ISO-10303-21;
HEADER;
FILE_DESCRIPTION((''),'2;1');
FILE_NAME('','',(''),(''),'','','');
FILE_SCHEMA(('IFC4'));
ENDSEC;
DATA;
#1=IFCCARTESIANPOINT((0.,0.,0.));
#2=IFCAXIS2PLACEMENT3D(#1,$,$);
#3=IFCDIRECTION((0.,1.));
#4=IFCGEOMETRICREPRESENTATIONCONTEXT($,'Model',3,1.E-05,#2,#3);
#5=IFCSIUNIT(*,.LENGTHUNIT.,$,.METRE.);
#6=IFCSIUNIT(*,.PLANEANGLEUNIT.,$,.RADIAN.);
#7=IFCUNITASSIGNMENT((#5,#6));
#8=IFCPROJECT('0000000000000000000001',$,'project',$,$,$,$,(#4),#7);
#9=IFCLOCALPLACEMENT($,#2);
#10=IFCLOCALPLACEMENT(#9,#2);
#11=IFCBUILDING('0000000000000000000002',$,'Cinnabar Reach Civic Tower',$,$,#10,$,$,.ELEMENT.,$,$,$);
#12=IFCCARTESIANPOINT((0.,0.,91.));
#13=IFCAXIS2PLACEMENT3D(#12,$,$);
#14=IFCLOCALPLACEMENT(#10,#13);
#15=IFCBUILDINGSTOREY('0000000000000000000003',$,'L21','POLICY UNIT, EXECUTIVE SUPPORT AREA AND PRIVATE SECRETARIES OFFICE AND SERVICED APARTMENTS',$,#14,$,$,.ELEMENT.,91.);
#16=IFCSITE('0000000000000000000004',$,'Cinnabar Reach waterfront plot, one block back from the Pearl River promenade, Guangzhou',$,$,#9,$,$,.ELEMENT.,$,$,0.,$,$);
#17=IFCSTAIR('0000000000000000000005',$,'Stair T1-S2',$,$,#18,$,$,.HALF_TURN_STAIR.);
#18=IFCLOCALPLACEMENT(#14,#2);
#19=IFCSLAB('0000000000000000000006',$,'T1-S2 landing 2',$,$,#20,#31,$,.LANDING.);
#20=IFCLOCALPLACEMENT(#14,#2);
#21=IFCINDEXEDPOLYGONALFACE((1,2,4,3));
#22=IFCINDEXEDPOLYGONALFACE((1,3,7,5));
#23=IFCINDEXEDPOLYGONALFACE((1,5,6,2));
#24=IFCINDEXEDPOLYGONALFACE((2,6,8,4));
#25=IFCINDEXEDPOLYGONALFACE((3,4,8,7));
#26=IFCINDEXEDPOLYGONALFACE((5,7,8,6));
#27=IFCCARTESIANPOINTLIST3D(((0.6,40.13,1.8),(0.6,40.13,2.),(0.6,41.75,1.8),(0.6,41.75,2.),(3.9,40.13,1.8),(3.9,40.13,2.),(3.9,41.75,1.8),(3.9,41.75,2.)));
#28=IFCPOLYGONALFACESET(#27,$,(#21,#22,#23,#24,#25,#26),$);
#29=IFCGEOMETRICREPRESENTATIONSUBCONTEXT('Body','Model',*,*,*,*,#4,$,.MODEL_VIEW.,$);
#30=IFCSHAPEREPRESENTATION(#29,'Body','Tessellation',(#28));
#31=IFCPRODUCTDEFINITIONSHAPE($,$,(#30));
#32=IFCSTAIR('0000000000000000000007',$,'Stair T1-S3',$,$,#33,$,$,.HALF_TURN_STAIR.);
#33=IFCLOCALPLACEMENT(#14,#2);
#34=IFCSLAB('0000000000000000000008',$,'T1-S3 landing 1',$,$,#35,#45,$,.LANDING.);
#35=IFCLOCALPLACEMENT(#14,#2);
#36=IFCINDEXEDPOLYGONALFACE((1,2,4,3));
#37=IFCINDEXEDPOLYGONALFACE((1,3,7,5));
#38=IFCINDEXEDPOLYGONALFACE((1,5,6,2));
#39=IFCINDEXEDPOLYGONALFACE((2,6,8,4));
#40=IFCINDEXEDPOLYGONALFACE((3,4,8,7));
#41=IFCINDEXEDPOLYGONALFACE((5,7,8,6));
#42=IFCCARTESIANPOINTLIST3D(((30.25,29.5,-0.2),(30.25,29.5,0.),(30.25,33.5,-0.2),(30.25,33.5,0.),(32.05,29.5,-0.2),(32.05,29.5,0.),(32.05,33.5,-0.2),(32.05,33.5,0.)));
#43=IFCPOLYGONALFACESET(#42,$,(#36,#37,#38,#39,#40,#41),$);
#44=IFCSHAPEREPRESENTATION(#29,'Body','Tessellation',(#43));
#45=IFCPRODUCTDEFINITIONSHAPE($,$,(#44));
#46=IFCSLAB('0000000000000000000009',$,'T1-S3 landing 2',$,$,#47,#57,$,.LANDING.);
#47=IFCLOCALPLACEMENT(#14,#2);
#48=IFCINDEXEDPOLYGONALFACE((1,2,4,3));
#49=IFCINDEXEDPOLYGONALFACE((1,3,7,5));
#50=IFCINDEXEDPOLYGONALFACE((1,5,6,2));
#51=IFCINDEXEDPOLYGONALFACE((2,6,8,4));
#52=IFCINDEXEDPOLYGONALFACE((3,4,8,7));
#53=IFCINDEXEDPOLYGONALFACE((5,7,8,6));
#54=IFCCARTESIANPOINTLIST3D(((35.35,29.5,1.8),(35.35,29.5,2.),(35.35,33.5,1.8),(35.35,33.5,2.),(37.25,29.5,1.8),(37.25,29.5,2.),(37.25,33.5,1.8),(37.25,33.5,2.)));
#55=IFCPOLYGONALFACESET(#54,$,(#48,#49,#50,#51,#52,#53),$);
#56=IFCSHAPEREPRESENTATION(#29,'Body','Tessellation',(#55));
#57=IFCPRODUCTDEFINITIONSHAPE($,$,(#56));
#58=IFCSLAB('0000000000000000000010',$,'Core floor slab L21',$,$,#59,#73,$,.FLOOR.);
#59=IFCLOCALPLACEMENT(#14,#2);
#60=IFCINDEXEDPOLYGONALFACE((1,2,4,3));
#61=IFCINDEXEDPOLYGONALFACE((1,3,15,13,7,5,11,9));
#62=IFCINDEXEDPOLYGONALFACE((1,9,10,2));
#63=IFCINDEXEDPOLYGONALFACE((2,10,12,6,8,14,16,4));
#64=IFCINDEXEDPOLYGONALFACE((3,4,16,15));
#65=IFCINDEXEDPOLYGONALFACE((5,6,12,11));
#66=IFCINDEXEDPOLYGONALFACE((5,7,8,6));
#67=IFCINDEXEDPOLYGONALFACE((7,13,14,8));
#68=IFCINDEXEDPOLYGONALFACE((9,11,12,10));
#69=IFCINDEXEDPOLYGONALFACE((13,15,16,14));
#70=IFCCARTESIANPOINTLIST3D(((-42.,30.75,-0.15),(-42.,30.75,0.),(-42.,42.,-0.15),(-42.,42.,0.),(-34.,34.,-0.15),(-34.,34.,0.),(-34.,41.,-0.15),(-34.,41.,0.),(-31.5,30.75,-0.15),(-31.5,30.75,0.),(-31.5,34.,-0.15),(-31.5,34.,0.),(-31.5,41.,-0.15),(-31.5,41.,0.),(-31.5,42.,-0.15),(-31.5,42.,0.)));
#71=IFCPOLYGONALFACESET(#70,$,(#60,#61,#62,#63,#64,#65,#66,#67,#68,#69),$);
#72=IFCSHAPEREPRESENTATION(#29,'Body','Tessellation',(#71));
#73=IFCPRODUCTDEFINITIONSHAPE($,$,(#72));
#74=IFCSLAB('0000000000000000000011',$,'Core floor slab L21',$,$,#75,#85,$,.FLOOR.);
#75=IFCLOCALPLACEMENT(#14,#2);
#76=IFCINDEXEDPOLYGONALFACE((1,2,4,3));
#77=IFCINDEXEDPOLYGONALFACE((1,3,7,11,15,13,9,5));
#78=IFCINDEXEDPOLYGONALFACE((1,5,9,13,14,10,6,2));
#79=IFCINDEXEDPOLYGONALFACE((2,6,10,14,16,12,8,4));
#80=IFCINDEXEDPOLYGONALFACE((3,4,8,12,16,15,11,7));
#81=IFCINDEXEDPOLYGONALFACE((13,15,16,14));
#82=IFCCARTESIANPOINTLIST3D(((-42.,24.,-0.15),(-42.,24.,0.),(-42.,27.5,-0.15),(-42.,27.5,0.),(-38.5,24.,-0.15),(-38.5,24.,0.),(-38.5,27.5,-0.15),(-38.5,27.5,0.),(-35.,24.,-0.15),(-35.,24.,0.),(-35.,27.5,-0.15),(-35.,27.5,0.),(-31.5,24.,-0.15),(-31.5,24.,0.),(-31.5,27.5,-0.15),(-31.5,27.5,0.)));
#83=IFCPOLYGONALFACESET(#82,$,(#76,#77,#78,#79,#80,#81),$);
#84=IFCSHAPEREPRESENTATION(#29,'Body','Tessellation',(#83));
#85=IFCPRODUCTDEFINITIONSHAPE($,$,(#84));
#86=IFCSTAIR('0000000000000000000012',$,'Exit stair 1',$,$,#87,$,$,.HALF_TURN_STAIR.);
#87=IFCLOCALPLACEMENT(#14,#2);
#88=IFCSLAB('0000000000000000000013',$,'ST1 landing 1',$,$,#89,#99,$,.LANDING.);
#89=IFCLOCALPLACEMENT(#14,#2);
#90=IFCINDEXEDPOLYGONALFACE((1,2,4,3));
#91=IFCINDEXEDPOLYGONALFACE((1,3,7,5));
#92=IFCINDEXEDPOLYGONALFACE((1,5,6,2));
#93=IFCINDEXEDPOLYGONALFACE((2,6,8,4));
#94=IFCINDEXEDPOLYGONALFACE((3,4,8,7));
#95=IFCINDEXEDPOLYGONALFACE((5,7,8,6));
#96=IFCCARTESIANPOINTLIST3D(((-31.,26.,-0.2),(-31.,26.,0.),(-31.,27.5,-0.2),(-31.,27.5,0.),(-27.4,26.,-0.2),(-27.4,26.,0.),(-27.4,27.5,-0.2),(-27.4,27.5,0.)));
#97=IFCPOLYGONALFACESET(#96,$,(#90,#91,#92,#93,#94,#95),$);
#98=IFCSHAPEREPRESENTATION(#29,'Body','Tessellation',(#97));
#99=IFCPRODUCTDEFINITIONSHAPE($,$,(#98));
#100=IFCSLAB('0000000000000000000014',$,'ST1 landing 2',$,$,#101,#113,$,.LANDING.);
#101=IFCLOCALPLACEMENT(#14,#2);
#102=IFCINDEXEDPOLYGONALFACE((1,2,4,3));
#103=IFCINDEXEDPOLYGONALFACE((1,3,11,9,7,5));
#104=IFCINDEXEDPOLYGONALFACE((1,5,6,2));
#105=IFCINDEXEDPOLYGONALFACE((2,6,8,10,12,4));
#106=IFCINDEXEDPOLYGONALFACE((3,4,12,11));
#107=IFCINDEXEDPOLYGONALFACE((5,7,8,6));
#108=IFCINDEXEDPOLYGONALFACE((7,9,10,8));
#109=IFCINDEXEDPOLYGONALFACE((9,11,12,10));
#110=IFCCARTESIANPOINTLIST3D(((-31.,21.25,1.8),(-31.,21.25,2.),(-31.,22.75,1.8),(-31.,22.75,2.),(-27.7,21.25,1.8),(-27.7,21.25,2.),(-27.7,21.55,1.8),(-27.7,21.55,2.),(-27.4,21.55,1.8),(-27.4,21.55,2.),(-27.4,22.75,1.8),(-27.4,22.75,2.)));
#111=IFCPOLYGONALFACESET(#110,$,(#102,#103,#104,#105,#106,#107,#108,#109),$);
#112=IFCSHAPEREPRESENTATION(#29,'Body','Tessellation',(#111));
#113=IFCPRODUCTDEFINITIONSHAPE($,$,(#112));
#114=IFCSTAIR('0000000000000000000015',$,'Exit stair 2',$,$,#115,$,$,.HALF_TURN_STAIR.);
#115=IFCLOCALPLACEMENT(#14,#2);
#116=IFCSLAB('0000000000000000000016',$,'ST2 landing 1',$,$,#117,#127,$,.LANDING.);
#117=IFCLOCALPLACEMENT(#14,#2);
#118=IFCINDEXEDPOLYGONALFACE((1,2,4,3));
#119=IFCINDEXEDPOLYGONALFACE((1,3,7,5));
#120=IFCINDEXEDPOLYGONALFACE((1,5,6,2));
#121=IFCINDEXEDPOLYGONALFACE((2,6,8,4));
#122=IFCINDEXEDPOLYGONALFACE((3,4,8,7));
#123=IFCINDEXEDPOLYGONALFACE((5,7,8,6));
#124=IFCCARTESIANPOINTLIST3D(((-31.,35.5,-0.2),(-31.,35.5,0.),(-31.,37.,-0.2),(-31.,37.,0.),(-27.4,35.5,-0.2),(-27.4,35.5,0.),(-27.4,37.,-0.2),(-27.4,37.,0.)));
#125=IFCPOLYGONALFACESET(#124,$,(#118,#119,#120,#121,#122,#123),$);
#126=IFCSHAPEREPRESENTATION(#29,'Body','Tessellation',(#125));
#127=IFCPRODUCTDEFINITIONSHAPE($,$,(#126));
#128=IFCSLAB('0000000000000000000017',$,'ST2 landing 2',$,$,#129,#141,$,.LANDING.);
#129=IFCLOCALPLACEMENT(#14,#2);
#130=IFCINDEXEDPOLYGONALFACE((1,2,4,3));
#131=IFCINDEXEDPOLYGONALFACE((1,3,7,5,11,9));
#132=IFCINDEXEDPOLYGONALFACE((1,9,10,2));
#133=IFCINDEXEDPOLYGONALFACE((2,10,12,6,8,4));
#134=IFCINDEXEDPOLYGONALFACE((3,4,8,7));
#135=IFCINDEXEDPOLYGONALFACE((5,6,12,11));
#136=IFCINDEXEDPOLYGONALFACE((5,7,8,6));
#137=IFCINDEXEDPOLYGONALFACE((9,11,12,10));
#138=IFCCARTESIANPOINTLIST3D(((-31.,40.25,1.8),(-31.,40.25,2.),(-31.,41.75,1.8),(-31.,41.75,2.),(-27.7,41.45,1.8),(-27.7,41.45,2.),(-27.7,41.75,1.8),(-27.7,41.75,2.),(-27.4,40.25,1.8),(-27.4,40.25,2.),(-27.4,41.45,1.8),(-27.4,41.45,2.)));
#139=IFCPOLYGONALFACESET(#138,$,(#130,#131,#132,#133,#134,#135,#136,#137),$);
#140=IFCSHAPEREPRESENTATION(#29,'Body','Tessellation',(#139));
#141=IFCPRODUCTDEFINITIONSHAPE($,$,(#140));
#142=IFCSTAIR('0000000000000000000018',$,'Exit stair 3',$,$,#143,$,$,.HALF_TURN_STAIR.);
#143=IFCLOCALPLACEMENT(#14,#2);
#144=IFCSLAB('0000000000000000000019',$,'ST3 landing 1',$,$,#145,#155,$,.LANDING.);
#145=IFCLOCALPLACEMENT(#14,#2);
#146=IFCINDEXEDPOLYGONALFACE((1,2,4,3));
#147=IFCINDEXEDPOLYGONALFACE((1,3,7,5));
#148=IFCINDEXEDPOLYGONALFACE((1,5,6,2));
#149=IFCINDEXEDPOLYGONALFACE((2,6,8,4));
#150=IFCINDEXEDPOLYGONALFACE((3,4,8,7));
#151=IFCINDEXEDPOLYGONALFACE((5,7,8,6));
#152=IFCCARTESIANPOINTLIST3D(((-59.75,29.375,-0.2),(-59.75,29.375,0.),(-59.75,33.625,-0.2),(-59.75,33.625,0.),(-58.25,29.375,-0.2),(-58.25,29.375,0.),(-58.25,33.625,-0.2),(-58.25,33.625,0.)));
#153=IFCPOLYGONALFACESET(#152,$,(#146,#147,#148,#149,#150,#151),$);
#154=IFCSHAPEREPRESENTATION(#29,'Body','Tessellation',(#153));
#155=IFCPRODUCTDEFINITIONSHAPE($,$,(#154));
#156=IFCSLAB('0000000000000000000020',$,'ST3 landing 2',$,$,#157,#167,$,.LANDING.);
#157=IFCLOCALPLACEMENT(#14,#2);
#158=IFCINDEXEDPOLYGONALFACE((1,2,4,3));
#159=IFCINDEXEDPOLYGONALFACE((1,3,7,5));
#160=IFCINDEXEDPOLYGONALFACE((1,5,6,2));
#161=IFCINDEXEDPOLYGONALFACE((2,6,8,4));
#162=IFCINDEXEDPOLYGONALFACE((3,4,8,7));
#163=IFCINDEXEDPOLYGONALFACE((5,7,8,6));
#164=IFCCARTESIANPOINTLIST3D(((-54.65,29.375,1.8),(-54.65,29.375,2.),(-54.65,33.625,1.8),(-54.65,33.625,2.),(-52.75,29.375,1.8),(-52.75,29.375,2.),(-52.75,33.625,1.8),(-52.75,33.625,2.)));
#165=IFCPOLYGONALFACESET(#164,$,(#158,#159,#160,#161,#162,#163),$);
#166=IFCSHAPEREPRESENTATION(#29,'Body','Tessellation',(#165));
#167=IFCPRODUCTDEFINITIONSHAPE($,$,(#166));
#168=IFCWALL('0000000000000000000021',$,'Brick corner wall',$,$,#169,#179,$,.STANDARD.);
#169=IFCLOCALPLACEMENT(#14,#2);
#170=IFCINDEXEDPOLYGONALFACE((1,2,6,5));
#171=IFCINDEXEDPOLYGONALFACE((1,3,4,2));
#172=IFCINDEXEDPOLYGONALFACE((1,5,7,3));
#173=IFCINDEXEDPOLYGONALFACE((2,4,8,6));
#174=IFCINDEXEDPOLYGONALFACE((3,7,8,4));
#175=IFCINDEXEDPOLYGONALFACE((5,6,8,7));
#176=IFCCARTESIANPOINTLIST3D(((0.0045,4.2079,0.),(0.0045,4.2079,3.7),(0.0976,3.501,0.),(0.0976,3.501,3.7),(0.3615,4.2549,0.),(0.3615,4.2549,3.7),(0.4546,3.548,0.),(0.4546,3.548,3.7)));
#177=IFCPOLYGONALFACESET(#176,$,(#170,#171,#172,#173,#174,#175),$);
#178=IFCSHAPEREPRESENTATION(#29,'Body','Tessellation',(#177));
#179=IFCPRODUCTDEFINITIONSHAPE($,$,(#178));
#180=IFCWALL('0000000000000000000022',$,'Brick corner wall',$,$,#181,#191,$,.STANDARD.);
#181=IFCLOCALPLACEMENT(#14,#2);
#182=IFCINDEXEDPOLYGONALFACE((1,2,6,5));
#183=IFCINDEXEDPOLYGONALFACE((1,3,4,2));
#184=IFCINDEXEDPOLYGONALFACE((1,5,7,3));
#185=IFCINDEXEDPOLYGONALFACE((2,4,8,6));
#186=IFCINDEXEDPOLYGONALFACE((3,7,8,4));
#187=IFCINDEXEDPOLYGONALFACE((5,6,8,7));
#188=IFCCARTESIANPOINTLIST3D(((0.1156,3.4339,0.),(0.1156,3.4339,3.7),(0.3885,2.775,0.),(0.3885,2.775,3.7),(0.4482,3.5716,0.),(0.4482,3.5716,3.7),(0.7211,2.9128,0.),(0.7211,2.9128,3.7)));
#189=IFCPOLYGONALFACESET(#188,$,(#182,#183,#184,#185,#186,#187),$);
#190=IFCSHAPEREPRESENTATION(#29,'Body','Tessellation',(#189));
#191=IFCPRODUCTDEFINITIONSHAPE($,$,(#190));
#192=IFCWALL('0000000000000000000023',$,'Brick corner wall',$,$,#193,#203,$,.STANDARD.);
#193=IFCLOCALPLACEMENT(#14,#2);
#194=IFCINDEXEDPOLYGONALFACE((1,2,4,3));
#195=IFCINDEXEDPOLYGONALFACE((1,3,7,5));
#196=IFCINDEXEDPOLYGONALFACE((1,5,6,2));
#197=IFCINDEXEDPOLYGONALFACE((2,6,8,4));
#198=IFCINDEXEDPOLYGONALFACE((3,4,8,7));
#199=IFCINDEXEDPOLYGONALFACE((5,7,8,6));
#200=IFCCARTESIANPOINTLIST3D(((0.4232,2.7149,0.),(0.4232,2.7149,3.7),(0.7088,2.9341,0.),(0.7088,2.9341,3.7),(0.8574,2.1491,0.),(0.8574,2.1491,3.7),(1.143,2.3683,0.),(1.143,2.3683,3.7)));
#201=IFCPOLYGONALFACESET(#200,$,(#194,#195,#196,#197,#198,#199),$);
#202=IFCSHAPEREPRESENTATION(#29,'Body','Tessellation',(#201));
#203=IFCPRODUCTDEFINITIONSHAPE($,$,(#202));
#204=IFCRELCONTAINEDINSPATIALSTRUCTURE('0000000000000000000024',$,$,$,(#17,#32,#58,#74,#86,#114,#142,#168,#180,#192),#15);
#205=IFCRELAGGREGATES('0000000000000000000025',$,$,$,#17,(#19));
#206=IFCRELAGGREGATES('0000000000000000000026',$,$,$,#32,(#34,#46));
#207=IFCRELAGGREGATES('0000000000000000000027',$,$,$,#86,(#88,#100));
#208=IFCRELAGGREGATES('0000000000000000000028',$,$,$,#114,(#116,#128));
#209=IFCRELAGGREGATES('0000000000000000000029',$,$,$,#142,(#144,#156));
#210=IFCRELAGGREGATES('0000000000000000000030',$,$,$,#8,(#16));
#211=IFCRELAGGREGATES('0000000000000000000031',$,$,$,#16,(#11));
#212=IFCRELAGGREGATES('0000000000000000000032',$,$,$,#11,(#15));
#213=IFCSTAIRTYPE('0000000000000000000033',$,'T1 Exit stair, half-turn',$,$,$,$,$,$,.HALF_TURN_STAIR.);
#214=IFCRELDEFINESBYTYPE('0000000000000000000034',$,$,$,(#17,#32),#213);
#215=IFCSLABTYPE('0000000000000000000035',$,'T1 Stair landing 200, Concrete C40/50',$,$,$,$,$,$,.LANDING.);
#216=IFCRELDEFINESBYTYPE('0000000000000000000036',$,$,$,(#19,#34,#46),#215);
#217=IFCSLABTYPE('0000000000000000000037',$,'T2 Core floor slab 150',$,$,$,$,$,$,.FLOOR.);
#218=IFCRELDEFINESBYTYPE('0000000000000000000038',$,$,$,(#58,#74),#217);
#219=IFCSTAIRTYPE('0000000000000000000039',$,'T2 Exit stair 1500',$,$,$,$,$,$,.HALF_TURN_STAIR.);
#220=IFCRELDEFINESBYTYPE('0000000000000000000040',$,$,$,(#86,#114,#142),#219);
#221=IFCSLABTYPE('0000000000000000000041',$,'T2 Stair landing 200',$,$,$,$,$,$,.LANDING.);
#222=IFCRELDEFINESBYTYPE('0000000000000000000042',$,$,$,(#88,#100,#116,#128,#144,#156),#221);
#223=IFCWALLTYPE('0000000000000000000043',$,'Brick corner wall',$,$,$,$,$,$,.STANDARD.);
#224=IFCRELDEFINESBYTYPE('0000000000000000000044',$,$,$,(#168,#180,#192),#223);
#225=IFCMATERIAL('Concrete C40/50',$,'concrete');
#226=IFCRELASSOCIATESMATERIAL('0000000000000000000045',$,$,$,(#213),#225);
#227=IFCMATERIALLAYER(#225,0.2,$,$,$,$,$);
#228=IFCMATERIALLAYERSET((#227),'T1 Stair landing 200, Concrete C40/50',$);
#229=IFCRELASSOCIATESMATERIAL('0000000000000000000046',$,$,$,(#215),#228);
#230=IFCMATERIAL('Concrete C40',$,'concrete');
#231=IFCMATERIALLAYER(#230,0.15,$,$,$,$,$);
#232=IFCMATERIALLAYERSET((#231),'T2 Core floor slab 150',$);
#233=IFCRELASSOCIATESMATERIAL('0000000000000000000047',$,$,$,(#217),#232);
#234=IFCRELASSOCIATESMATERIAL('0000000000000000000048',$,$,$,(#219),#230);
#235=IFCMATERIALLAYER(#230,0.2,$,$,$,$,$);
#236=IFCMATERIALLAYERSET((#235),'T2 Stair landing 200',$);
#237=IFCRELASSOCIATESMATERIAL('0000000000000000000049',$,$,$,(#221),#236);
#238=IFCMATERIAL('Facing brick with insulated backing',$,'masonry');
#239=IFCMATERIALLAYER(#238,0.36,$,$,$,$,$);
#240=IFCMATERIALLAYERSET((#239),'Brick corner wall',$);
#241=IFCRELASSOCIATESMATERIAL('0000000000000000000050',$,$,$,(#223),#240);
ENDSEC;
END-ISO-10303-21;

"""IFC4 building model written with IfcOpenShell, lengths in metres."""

from ifc_helpers import new_model, si_unit, direction, frame, frame_2d, origin, place, context, subcontext, project, spatial, polyline, rectangle, outline, extrude, material, layer, layer_set, type_object, element, aggregate, save


model = new_model("IFC4")

# Units and contexts
model_context = context("Model", 3, precision=1e-05, world=origin(), true_north=direction((0.0, 1.0)))
body_context = subcontext(model_context, "Body", "Model", "MODEL_VIEW")
ifc_project = project(units=[si_unit("LENGTHUNIT", "METRE"), si_unit("PLANEANGLEUNIT", "RADIAN")], contexts=[model_context])

# Site, building, storey
site_placement = place(None, origin())
site = spatial("IfcSite", under=ifc_project, at=site_placement, Name="Cinnabar Reach waterfront plot, one block back from the Pearl River promenade, Guangzhou", CompositionType="ELEMENT", RefElevation=0.0)
building_placement = place(site_placement, origin())
building = spatial("IfcBuilding", under=site, at=building_placement, Name="Cinnabar Reach Civic Tower", CompositionType="ELEMENT")
storey_placement = place(building_placement, frame((0.0, 0.0, 91.0)))
storey = spatial("IfcBuildingStorey", under=building, at=storey_placement, Name="L21", Description="POLICY UNIT, EXECUTIVE SUPPORT AREA AND PRIVATE SECRETARIES OFFICE AND SERVICED APARTMENTS", CompositionType="ELEMENT", Elevation=91.0)

# Stair, slab
ifc_material_1 = material(Name="Concrete C40/50", Category="concrete")
stair_type_1 = type_object("IfcStairType", Name="T1 Exit stair, half-turn", PredefinedType="HALF_TURN_STAIR", material=ifc_material_1)
stair_1_placement = place(storey_placement, origin())
stair_1 = element("IfcStair", 1, at=stair_1_placement, inside=storey, type_object=stair_type_1, Name="Stair T1-S2", PredefinedType="HALF_TURN_STAIR")
ifc_layer_1 = layer(ifc_material_1, 0.2)
ifc_layer_set_1 = layer_set([ifc_layer_1], Name="T1 Stair landing 200, Concrete C40/50")
slab_type_1 = type_object("IfcSlabType", Name="T1 Stair landing 200, Concrete C40/50", PredefinedType="LANDING", material=ifc_layer_set_1)
slab_1_placement = place(storey_placement, frame((0.0, 0.0, 1.8)))
slab_1 = element("IfcSlab", 2, at=slab_1_placement, type_object=slab_type_1, Name="T1-S2 landing 2", PredefinedType="LANDING", context=body_context, shape_type="SweptSolid", body=[
    extrude(outline(polyline([(0.6, 40.13), (0.6, 41.75), (3.9, 41.75), (3.9, 40.13), (0.6, 40.13)])), origin(), (0.0, 0.0, 1.0), 0.2),
])
aggregate(stair_1, [slab_1])

# Stair, slabs
stair_2_placement = place(storey_placement, origin())
stair_2 = element("IfcStair", 3, at=stair_2_placement, inside=storey, type_object=stair_type_1, Name="Stair T1-S3", PredefinedType="HALF_TURN_STAIR")
slab_2_placement = place(storey_placement, frame((0.0, 0.0, -0.2)))
slab_2 = element("IfcSlab", 4, at=slab_2_placement, type_object=slab_type_1, Name="T1-S3 landing 1", PredefinedType="LANDING", context=body_context, shape_type="SweptSolid", body=[
    extrude(outline(polyline([(30.25, 29.5), (32.05, 29.5), (32.05, 33.5), (30.25, 33.5), (30.25, 29.5)])), origin(), (0.0, 0.0, 1.0), 0.2),
])
slab_3_placement = place(storey_placement, frame((0.0, 0.0, 1.8)))
slab_3 = element("IfcSlab", 5, at=slab_3_placement, type_object=slab_type_1, Name="T1-S3 landing 2", PredefinedType="LANDING", context=body_context, shape_type="SweptSolid", body=[
    extrude(outline(polyline([(35.35, 29.5), (37.25, 29.5), (37.25, 33.5), (35.35, 33.5), (35.35, 29.5)])), origin(), (0.0, 0.0, 1.0), 0.2),
])
aggregate(stair_2, [slab_2, slab_3])

# Slabs
ifc_material_2 = material(Name="Concrete C40", Category="concrete")
ifc_layer_2 = layer(ifc_material_2, 0.15)
ifc_layer_set_2 = layer_set([ifc_layer_2], Name="T2 Core floor slab 150")
slab_type_2 = type_object("IfcSlabType", Name="T2 Core floor slab 150", PredefinedType="FLOOR", material=ifc_layer_set_2)
slab_4_placement = place(storey_placement, frame((0.0, 0.0, -0.15)))
element("IfcSlab", 6, at=slab_4_placement, inside=storey, type_object=slab_type_2, Name="Core floor slab L21", PredefinedType="FLOOR", context=body_context, shape_type="SweptSolid", body=[
    extrude(outline(polyline([(-42.0, 42.0), (-31.5, 42.0), (-31.5, 41.0), (-34.0, 41.0), (-34.0, 34.0), (-31.5, 34.0), (-31.5, 30.75), (-42.0, 30.75), (-42.0, 42.0)])), origin(), (0.0, 0.0, 1.0), 0.15),
])
slab_5_placement = place(storey_placement, frame((0.0, 0.0, -0.15)))
element("IfcSlab", 7, at=slab_5_placement, inside=storey, type_object=slab_type_2, Name="Core floor slab L21", PredefinedType="FLOOR", context=body_context, shape_type="SweptSolid", body=[
    extrude(outline(polyline([(-35.0, 24.0), (-38.5, 24.0), (-42.0, 24.0), (-42.0, 27.5), (-38.5, 27.5), (-35.0, 27.5), (-31.5, 27.5), (-31.5, 24.0), (-35.0, 24.0)])), origin(), (0.0, 0.0, 1.0), 0.15),
])

# Stairs, slabs
stair_type_2 = type_object("IfcStairType", Name="T2 Exit stair 1500", PredefinedType="HALF_TURN_STAIR", material=ifc_material_2)
stair_3_placement = place(storey_placement, origin())
stair_3 = element("IfcStair", 8, at=stair_3_placement, inside=storey, type_object=stair_type_2, Name="Exit stair 1", PredefinedType="HALF_TURN_STAIR")
ifc_layer_3 = layer(ifc_material_2, 0.2)
ifc_layer_set_3 = layer_set([ifc_layer_3], Name="T2 Stair landing 200")
slab_type_3 = type_object("IfcSlabType", Name="T2 Stair landing 200", PredefinedType="LANDING", material=ifc_layer_set_3)
slab_6_placement = place(storey_placement, frame((0.0, 0.0, -0.2)))
slab_6 = element("IfcSlab", 9, at=slab_6_placement, type_object=slab_type_3, Name="ST1 landing 1", PredefinedType="LANDING", context=body_context, shape_type="SweptSolid", body=[
    extrude(outline(polyline([(-31.0, 26.0), (-31.0, 27.5), (-27.4, 27.5), (-27.4, 26.0), (-31.0, 26.0)])), origin(), (0.0, 0.0, 1.0), 0.2),
])
slab_7_placement = place(storey_placement, frame((0.0, 0.0, 1.8)))
slab_7 = element("IfcSlab", 10, at=slab_7_placement, type_object=slab_type_3, Name="ST1 landing 2", PredefinedType="LANDING", context=body_context, shape_type="SweptSolid", body=[
    extrude(outline(polyline([(-31.0, 21.25), (-31.0, 22.75), (-27.4, 22.75), (-27.4, 21.55), (-27.7, 21.55), (-27.7, 21.25), (-31.0, 21.25)])), origin(), (0.0, 0.0, 1.0), 0.2),
])
aggregate(stair_3, [slab_6, slab_7])
stair_4_placement = place(storey_placement, origin())
stair_4 = element("IfcStair", 11, at=stair_4_placement, inside=storey, type_object=stair_type_2, Name="Exit stair 2", PredefinedType="HALF_TURN_STAIR")
slab_8_placement = place(storey_placement, frame((0.0, 0.0, -0.2)))
slab_8 = element("IfcSlab", 12, at=slab_8_placement, type_object=slab_type_3, Name="ST2 landing 1", PredefinedType="LANDING", context=body_context, shape_type="SweptSolid", body=[
    extrude(outline(polyline([(-31.0, 35.5), (-31.0, 37.0), (-27.4, 37.0), (-27.4, 35.5), (-31.0, 35.5)])), origin(), (0.0, 0.0, 1.0), 0.2),
])
slab_9_placement = place(storey_placement, frame((0.0, 0.0, 1.8)))
slab_9 = element("IfcSlab", 13, at=slab_9_placement, type_object=slab_type_3, Name="ST2 landing 2", PredefinedType="LANDING", context=body_context, shape_type="SweptSolid", body=[
    extrude(outline(polyline([(-27.4, 40.25), (-31.0, 40.25), (-31.0, 41.75), (-27.7, 41.75), (-27.7, 41.45), (-27.4, 41.45), (-27.4, 40.25)])), origin(), (0.0, 0.0, 1.0), 0.2),
])
aggregate(stair_4, [slab_8, slab_9])
stair_5_placement = place(storey_placement, origin())
stair_5 = element("IfcStair", 14, at=stair_5_placement, inside=storey, type_object=stair_type_2, Name="Exit stair 3", PredefinedType="HALF_TURN_STAIR")
slab_10_placement = place(storey_placement, frame((0.0, 0.0, -0.2)))
slab_10 = element("IfcSlab", 15, at=slab_10_placement, type_object=slab_type_3, Name="ST3 landing 1", PredefinedType="LANDING", context=body_context, shape_type="SweptSolid", body=[
    extrude(outline(polyline([(-59.75, 29.375), (-59.75, 33.625), (-58.25, 33.625), (-58.25, 29.375), (-59.75, 29.375)])), origin(), (0.0, 0.0, 1.0), 0.2),
])
slab_11_placement = place(storey_placement, frame((0.0, 0.0, 1.8)))
slab_11 = element("IfcSlab", 16, at=slab_11_placement, type_object=slab_type_3, Name="ST3 landing 2", PredefinedType="LANDING", context=body_context, shape_type="SweptSolid", body=[
    extrude(outline(polyline([(-54.65, 29.375), (-54.65, 33.625), (-52.75, 33.625), (-52.75, 29.375), (-54.65, 29.375)])), origin(), (0.0, 0.0, 1.0), 0.2),
])
aggregate(stair_5, [slab_10, slab_11])

# Walls
ifc_material_3 = material(Name="Facing brick with insulated backing", Category="masonry")
ifc_layer_4 = layer(ifc_material_3, 0.36)
ifc_layer_set_4 = layer_set([ifc_layer_4], Name="Brick corner wall")
wall_type_1 = type_object("IfcWallType", Name="Brick corner wall", PredefinedType="STANDARD", material=ifc_layer_set_4)
for number, where, z_axis, x_axis, name in (
    (17, (0.183, 4.2314, 0.0), (0.0, 0.0, 1.0), (0.130556, -0.991441, 0.0), "Brick corner wall"),
    (18, (0.2819, 3.5027, 0.0), (0.0, 0.0, 1.0), (0.382703, -0.923872, 0.0), "Brick corner wall"),
):
    element("IfcWall", number, at=place(storey_placement, frame(where, z_axis=z_axis, x_axis=x_axis)), inside=storey, type_object=wall_type_1, Name=name, PredefinedType="STANDARD", context=body_context, shape_type="SweptSolid", body=[
        extrude(rectangle(XDim=0.7131, YDim=0.36, at=frame_2d((0.3565, 0.0))), origin(), (0.0, 0.0, 1.0), 3.7),
    ])
wall_1_placement = place(storey_placement, frame((0.566, 2.8245, 0.0), z_axis=(0.0, 0.0, 1.0), x_axis=(0.608802, -0.793322, 0.0)))
element("IfcWall", 19, at=wall_1_placement, inside=storey, type_object=wall_type_1, Name="Brick corner wall", PredefinedType="STANDARD", context=body_context, shape_type="SweptSolid", body=[
    extrude(rectangle(XDim=0.7132, YDim=0.36, at=frame_2d((0.3566, 0.0))), origin(), (0.0, 0.0, 1.0), 3.7),
])

save(model, "model.ifc")
